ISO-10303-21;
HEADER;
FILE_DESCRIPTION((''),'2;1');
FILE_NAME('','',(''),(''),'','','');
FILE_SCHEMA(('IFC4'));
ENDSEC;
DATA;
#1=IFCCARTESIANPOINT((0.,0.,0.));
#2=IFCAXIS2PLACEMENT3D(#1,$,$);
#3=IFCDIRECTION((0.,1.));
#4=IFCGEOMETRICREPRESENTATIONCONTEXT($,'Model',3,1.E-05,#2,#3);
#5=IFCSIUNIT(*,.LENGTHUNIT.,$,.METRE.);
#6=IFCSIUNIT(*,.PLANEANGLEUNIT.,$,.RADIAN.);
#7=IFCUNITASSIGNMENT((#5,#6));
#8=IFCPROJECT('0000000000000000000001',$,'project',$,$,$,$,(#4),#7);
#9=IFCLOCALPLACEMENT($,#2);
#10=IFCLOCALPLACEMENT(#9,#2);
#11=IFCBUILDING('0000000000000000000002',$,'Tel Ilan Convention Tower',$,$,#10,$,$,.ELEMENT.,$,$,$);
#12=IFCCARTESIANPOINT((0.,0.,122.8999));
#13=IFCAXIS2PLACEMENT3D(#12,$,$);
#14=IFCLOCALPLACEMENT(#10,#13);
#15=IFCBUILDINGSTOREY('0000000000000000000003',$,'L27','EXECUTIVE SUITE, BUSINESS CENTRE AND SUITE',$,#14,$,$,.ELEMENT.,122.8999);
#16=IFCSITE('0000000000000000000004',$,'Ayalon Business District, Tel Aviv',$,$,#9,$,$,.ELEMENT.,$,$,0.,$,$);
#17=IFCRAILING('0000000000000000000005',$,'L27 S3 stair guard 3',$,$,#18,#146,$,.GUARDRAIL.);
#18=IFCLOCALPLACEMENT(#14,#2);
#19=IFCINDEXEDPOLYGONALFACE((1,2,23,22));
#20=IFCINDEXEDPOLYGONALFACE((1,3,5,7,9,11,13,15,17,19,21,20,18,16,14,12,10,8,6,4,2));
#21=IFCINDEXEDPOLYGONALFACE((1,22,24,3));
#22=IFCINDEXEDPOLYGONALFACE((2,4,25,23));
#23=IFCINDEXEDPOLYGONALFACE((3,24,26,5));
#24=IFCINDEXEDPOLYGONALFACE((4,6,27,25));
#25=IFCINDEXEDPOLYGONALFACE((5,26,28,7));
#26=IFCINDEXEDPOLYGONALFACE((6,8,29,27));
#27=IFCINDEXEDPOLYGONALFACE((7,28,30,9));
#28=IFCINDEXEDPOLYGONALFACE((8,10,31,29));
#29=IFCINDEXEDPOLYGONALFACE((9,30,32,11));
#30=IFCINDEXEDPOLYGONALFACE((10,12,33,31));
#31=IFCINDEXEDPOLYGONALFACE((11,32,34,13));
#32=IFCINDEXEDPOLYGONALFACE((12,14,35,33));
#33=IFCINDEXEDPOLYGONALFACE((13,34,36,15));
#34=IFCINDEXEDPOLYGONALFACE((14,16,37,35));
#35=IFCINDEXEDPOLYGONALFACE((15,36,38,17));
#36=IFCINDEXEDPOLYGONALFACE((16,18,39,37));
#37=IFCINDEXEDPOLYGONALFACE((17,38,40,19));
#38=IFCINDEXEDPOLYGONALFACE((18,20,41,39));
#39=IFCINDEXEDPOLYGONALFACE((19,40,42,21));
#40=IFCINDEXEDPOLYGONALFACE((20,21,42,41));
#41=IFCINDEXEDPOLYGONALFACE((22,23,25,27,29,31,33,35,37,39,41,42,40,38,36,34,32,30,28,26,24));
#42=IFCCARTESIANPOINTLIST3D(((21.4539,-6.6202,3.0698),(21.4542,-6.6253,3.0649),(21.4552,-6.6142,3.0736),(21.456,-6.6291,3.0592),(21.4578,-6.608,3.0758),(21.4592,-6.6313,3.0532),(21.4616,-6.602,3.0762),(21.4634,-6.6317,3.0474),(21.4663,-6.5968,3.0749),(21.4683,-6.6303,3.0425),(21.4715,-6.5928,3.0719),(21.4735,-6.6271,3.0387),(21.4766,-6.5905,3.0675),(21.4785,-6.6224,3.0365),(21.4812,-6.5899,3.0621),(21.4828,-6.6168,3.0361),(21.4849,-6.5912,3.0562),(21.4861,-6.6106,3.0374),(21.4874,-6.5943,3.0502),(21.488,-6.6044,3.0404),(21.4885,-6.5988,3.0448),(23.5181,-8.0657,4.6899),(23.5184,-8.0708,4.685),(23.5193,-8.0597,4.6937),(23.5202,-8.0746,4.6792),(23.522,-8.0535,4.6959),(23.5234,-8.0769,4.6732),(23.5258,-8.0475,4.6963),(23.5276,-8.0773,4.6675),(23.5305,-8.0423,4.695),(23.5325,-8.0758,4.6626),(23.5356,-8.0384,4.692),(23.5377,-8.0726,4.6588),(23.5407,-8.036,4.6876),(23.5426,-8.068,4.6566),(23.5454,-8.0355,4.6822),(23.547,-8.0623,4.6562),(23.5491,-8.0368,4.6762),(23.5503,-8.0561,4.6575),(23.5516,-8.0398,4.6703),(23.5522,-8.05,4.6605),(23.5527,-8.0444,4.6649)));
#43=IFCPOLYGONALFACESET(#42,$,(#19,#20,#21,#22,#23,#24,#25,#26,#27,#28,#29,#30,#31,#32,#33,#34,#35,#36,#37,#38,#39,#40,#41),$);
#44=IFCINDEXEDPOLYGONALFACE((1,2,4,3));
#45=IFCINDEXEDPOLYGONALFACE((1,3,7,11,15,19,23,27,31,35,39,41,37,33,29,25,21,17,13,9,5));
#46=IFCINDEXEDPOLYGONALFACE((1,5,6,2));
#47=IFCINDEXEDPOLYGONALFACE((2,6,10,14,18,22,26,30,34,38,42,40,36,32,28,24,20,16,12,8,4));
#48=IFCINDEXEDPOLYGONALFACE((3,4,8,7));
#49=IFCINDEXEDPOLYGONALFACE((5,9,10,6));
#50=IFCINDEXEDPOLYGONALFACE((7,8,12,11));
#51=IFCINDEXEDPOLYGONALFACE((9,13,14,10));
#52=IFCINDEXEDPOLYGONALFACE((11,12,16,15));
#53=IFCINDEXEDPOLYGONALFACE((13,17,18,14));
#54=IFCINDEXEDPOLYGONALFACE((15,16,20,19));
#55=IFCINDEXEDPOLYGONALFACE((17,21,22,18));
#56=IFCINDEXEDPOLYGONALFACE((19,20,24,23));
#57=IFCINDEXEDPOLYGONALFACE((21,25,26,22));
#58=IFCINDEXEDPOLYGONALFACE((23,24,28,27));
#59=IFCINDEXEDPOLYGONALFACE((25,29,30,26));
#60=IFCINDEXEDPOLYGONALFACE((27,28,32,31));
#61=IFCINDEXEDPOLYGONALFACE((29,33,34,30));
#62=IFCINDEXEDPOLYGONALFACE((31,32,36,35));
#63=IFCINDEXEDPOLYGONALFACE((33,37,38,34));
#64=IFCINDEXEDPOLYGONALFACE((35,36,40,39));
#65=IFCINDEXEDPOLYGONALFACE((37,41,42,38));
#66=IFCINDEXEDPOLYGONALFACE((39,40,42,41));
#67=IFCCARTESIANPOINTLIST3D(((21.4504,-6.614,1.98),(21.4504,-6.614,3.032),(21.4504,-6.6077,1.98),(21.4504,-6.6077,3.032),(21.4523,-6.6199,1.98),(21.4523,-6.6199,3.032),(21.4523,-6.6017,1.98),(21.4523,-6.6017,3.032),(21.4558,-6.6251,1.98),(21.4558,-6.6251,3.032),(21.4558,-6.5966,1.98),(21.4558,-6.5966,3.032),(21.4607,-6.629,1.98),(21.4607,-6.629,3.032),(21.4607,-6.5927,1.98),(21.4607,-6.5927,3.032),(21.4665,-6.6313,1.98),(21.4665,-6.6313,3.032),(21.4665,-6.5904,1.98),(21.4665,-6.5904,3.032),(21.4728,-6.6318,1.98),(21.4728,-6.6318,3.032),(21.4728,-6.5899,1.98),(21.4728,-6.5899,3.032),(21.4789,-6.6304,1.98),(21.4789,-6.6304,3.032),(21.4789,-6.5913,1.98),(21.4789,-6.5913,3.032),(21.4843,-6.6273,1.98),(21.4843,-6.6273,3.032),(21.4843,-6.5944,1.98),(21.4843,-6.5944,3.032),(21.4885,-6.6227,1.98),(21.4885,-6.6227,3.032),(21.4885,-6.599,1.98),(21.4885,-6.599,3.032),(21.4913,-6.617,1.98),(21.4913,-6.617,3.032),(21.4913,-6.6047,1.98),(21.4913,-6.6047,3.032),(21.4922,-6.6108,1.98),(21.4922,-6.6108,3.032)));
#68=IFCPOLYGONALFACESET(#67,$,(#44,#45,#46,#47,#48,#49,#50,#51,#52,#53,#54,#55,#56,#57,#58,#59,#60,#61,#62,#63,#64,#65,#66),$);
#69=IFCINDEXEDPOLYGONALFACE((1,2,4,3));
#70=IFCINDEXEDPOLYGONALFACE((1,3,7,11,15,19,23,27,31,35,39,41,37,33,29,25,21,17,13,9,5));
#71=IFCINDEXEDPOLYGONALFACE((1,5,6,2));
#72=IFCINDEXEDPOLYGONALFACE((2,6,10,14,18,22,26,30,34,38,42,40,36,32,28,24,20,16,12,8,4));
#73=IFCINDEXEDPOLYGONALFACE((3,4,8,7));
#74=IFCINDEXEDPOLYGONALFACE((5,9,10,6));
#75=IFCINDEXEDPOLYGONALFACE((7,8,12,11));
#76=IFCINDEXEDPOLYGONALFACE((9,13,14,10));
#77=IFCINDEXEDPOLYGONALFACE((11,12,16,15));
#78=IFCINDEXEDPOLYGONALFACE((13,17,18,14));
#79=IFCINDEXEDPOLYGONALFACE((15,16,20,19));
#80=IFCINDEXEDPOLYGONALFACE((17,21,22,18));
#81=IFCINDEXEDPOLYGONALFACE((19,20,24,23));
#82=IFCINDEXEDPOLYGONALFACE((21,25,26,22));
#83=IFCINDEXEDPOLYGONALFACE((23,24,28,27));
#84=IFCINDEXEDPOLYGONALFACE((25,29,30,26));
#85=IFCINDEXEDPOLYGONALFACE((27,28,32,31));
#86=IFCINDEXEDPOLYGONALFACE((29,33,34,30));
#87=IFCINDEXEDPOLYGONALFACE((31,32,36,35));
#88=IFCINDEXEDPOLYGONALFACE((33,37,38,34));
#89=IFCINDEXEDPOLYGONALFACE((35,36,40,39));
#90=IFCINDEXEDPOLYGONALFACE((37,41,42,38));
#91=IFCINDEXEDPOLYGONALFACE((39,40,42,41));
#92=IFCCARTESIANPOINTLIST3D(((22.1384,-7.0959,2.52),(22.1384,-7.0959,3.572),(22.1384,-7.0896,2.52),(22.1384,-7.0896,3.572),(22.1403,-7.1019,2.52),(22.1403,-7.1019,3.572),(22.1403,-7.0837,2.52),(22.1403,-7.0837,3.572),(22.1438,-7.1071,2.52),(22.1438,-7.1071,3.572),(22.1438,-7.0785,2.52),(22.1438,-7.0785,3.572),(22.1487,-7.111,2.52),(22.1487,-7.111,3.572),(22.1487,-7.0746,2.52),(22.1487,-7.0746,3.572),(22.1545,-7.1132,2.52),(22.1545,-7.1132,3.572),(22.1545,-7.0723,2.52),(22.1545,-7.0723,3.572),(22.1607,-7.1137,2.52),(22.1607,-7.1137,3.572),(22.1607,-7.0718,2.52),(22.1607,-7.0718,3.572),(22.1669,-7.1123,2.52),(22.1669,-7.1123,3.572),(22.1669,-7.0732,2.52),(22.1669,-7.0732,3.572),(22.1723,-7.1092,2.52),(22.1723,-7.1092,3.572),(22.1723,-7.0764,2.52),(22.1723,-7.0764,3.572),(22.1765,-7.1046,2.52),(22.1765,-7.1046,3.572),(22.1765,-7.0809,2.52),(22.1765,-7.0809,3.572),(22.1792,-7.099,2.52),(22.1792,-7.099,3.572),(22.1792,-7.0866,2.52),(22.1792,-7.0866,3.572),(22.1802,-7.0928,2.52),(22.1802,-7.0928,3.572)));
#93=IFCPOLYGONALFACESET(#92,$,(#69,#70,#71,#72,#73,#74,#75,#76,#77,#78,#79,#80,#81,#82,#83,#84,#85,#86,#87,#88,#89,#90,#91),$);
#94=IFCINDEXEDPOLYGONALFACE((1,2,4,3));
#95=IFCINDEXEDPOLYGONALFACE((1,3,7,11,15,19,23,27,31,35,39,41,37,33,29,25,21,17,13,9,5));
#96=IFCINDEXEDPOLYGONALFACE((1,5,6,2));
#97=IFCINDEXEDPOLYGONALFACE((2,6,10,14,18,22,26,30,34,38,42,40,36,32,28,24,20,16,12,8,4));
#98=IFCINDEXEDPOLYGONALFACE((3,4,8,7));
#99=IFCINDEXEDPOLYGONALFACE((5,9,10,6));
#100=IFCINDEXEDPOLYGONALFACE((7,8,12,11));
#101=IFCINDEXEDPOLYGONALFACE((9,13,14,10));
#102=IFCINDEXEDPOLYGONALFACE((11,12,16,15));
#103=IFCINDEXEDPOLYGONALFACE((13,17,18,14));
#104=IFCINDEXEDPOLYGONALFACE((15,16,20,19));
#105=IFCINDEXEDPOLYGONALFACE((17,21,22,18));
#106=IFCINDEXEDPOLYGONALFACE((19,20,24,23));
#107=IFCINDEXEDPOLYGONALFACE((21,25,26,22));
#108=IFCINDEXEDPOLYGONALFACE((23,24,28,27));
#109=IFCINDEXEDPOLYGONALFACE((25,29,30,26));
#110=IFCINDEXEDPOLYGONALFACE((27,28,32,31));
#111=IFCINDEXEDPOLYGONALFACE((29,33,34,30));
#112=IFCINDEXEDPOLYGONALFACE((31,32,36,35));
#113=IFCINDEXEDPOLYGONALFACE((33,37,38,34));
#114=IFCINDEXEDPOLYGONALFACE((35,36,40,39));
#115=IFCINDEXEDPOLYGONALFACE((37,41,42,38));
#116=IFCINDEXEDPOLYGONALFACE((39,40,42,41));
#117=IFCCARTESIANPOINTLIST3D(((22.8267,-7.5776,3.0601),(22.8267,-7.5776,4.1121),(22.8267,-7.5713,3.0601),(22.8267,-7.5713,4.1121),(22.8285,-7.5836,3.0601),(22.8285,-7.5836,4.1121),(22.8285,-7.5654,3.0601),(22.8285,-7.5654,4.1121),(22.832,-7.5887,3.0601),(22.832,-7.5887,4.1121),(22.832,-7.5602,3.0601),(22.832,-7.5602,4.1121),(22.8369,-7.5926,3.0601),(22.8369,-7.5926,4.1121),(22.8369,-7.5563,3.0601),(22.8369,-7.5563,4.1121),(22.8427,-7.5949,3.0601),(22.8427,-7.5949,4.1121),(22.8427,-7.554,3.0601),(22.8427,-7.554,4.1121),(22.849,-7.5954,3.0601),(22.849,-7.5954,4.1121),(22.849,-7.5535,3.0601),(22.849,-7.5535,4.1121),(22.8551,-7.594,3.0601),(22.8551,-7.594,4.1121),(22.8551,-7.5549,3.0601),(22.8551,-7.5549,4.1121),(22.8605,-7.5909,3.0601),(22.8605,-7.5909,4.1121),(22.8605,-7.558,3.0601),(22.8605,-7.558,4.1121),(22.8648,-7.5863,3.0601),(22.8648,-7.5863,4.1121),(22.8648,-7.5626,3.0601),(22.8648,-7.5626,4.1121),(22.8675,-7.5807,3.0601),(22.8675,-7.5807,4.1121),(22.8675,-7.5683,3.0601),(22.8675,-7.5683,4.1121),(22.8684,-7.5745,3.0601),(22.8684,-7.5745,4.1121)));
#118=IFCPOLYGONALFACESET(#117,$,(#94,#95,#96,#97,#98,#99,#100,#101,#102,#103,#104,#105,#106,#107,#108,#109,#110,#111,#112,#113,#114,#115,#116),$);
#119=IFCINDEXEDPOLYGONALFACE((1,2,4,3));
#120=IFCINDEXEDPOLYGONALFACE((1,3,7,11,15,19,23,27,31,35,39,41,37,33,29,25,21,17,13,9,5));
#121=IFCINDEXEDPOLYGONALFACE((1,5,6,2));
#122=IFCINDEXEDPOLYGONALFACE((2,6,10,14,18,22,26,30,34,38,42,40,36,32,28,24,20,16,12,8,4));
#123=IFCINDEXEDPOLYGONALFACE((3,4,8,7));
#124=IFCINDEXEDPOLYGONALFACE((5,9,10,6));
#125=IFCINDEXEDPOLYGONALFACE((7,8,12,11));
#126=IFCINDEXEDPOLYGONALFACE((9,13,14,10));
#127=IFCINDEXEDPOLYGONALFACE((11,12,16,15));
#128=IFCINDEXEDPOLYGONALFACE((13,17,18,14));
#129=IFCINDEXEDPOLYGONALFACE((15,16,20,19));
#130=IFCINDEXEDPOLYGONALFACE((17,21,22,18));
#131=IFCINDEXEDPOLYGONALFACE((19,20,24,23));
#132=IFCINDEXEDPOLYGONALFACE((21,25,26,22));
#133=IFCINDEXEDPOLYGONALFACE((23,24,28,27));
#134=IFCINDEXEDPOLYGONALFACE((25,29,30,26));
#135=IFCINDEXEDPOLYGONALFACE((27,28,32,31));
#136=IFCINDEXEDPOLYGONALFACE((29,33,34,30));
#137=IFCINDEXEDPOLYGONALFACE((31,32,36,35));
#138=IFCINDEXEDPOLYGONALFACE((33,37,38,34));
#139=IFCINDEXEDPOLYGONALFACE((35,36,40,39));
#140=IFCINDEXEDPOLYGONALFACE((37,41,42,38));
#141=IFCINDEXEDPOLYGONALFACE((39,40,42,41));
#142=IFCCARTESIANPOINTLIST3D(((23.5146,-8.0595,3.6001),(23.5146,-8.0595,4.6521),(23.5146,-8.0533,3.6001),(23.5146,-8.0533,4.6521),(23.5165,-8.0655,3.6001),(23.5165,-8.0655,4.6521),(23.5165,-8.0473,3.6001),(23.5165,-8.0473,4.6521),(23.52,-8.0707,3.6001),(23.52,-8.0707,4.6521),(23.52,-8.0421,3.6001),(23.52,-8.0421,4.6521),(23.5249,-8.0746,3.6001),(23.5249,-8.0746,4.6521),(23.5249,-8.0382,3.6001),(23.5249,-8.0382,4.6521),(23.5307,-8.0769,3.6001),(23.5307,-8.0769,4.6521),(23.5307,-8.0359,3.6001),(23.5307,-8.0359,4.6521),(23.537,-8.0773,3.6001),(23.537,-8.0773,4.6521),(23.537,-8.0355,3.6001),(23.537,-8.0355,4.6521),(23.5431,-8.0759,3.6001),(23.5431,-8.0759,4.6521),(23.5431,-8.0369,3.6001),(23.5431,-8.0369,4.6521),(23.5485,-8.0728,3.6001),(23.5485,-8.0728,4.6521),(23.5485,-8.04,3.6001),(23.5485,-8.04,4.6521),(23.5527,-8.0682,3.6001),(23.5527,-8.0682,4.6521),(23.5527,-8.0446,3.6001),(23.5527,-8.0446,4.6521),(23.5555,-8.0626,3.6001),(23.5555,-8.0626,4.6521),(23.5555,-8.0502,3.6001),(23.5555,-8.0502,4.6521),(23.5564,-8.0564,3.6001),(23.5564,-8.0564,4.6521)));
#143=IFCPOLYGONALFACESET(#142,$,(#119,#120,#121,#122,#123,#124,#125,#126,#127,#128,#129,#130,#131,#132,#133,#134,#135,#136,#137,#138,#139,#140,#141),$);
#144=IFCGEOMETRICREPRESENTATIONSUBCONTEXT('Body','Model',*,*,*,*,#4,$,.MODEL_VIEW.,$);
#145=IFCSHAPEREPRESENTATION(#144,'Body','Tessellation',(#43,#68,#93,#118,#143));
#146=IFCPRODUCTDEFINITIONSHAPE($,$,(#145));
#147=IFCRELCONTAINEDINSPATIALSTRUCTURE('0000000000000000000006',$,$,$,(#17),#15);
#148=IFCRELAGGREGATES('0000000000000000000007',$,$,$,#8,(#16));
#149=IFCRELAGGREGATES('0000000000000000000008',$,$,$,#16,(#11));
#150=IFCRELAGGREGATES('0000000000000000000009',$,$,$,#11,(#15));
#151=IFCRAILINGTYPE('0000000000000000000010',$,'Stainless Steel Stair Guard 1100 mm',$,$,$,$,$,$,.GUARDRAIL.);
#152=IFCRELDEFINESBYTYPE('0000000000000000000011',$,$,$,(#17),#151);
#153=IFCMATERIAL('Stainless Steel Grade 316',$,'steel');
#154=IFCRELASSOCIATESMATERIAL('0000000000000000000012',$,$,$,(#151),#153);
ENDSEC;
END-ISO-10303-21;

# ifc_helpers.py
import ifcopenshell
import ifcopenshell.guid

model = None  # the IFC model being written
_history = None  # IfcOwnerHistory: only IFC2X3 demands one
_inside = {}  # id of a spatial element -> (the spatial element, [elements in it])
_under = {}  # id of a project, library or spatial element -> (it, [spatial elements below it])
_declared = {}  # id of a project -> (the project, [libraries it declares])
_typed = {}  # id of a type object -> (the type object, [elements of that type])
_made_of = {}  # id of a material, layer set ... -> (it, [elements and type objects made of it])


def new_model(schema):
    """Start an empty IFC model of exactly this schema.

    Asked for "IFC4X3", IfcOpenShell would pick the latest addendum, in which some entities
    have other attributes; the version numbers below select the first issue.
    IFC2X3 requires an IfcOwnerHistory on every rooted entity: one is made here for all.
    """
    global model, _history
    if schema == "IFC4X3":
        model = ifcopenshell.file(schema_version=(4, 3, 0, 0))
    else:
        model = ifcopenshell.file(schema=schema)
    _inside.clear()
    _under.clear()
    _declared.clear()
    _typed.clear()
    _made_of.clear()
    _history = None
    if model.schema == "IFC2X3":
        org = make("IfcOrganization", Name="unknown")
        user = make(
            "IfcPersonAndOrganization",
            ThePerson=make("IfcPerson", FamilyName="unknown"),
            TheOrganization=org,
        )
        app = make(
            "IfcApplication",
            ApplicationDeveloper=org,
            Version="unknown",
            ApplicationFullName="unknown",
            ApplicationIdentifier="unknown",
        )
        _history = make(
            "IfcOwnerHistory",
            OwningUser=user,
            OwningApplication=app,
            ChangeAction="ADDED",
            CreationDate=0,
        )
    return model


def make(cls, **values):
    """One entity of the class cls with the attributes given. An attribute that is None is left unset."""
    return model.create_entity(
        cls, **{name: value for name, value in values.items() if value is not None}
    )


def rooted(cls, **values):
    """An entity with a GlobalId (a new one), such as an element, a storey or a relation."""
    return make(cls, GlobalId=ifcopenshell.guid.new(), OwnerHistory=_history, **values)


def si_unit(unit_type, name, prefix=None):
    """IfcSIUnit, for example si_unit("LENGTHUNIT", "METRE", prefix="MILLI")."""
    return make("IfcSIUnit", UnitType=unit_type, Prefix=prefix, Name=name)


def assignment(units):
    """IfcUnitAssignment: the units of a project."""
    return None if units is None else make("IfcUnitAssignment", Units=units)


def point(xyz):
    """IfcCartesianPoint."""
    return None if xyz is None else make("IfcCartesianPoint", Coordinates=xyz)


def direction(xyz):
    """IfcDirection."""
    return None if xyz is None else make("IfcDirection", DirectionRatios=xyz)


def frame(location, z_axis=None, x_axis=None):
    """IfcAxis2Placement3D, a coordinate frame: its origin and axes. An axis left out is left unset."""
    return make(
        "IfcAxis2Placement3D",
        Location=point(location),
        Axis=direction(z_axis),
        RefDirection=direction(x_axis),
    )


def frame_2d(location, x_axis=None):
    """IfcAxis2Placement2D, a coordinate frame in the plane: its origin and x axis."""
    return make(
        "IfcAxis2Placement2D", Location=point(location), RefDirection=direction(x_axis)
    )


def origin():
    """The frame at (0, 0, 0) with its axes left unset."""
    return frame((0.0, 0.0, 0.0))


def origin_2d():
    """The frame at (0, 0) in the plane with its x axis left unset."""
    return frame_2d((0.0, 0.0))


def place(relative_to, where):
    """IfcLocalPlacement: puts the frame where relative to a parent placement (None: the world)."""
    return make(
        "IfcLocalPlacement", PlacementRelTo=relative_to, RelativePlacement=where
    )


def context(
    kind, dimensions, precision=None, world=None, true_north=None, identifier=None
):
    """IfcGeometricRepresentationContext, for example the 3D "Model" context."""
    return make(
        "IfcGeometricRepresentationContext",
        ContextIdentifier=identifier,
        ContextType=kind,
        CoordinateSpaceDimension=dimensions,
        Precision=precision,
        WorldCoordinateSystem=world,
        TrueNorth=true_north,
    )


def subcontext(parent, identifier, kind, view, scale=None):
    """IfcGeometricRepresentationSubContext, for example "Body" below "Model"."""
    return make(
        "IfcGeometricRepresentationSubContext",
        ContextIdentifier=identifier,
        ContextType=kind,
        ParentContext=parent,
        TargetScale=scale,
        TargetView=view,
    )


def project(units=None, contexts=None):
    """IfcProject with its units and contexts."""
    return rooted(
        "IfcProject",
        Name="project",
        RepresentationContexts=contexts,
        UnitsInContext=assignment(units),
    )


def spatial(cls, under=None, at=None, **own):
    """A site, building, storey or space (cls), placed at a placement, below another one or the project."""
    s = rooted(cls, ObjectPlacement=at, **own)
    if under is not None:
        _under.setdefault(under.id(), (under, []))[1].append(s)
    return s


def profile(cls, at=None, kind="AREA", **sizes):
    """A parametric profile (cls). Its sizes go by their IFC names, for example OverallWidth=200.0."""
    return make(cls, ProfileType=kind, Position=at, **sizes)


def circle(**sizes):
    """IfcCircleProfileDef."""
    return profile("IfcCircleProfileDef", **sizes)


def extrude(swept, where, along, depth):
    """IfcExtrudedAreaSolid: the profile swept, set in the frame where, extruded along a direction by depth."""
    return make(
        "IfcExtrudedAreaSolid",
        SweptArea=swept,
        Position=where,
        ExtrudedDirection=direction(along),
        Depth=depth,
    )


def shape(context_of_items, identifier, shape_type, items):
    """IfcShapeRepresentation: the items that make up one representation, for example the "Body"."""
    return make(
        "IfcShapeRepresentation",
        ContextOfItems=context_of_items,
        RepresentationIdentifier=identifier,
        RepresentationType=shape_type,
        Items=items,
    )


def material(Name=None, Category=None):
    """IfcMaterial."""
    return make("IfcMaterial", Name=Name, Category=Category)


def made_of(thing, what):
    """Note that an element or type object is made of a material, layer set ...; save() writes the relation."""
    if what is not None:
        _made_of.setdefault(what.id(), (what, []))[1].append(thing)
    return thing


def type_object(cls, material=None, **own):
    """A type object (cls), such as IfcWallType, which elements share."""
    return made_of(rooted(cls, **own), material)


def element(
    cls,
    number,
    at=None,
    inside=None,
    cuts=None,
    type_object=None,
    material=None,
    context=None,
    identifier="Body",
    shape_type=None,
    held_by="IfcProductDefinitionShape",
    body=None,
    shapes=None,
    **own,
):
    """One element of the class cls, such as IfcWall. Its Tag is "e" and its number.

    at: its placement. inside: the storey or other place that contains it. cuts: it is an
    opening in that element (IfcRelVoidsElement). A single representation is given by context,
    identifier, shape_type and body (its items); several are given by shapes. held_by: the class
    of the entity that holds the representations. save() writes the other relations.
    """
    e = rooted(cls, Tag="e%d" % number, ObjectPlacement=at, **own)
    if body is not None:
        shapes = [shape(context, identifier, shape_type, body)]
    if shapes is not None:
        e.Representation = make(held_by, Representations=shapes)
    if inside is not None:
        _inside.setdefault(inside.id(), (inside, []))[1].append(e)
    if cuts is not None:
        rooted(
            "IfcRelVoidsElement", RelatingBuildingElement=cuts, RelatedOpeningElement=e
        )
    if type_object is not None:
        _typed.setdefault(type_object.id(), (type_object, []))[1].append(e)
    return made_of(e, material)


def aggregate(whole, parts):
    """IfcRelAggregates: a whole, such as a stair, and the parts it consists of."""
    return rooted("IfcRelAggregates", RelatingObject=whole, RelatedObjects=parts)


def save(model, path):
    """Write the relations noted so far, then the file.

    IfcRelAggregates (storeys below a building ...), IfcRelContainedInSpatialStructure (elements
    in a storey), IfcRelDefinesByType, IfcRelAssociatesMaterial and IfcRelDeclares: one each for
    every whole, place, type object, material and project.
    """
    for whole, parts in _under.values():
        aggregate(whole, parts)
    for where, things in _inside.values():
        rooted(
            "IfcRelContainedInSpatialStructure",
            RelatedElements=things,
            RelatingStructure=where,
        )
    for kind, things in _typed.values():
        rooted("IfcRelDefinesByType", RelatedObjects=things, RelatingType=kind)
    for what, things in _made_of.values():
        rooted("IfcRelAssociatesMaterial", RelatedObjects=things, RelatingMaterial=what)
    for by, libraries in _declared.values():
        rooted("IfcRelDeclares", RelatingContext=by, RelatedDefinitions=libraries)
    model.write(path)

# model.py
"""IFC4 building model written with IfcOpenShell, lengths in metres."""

from ifc_helpers import new_model, si_unit, direction, frame, origin, origin_2d, place, context, subcontext, project, spatial, circle, extrude, material, type_object, element, save


model = new_model("IFC4")

# Units and contexts
model_context = context("Model", 3, precision=1e-05, world=origin(), true_north=direction((0.0, 1.0)))
body_context = subcontext(model_context, "Body", "Model", "MODEL_VIEW")
ifc_project = project(units=[si_unit("LENGTHUNIT", "METRE"), si_unit("PLANEANGLEUNIT", "RADIAN")], contexts=[model_context])

# Site, building, storey
site_placement = place(None, origin())
site = spatial("IfcSite", under=ifc_project, at=site_placement, Name="Ayalon Business District, Tel Aviv", CompositionType="ELEMENT", RefElevation=0.0)
building_placement = place(site_placement, origin())
building = spatial("IfcBuilding", under=site, at=building_placement, Name="Tel Ilan Convention Tower", CompositionType="ELEMENT")
storey_placement = place(building_placement, frame((0.0, 0.0, 122.8999)))
storey = spatial("IfcBuildingStorey", under=building, at=storey_placement, Name="L27", Description="EXECUTIVE SUITE, BUSINESS CENTRE AND SUITE", CompositionType="ELEMENT", Elevation=122.8999)

# Railing
ifc_material_1 = material(Name="Stainless Steel Grade 316", Category="steel")
railing_type_1 = type_object("IfcRailingType", Name="Stainless Steel Stair Guard 1100 mm", PredefinedType="GUARDRAIL", material=ifc_material_1)
railing_1_placement = place(storey_placement, frame((21.4712, -6.6108, 1.98)))
element("IfcRailing", 1, at=railing_1_placement, inside=storey, type_object=railing_type_1, Name="L27 S3 stair guard 3", PredefinedType="GUARDRAIL", context=body_context, shape_type="SweptSolid", body=[
    extrude(circle(Radius=0.0239, at=origin_2d()), frame((0.0, 0.0, 1.0762), z_axis=(0.689013, -0.482513, 0.540779), x_axis=(0.573625, 0.819118, 0.0)), (0.0, 0.0, 1.0), 2.9958),
    extrude(circle(Radius=0.021, at=origin_2d()), origin(), (0.0, 0.0, 1.0), 1.052),
    extrude(circle(Radius=0.021, at=origin_2d()), frame((0.688, -0.4819, 0.54)), (0.0, 0.0, 1.0), 1.052),
    extrude(circle(Radius=0.021, at=origin_2d()), frame((1.3762, -0.9636, 1.0801)), (0.0, 0.0, 1.0), 1.052),
    extrude(circle(Radius=0.021, at=origin_2d()), frame((2.0642, -1.4456, 1.6201)), (0.0, 0.0, 1.0), 1.052),
])

save(model, "model.ifc")
